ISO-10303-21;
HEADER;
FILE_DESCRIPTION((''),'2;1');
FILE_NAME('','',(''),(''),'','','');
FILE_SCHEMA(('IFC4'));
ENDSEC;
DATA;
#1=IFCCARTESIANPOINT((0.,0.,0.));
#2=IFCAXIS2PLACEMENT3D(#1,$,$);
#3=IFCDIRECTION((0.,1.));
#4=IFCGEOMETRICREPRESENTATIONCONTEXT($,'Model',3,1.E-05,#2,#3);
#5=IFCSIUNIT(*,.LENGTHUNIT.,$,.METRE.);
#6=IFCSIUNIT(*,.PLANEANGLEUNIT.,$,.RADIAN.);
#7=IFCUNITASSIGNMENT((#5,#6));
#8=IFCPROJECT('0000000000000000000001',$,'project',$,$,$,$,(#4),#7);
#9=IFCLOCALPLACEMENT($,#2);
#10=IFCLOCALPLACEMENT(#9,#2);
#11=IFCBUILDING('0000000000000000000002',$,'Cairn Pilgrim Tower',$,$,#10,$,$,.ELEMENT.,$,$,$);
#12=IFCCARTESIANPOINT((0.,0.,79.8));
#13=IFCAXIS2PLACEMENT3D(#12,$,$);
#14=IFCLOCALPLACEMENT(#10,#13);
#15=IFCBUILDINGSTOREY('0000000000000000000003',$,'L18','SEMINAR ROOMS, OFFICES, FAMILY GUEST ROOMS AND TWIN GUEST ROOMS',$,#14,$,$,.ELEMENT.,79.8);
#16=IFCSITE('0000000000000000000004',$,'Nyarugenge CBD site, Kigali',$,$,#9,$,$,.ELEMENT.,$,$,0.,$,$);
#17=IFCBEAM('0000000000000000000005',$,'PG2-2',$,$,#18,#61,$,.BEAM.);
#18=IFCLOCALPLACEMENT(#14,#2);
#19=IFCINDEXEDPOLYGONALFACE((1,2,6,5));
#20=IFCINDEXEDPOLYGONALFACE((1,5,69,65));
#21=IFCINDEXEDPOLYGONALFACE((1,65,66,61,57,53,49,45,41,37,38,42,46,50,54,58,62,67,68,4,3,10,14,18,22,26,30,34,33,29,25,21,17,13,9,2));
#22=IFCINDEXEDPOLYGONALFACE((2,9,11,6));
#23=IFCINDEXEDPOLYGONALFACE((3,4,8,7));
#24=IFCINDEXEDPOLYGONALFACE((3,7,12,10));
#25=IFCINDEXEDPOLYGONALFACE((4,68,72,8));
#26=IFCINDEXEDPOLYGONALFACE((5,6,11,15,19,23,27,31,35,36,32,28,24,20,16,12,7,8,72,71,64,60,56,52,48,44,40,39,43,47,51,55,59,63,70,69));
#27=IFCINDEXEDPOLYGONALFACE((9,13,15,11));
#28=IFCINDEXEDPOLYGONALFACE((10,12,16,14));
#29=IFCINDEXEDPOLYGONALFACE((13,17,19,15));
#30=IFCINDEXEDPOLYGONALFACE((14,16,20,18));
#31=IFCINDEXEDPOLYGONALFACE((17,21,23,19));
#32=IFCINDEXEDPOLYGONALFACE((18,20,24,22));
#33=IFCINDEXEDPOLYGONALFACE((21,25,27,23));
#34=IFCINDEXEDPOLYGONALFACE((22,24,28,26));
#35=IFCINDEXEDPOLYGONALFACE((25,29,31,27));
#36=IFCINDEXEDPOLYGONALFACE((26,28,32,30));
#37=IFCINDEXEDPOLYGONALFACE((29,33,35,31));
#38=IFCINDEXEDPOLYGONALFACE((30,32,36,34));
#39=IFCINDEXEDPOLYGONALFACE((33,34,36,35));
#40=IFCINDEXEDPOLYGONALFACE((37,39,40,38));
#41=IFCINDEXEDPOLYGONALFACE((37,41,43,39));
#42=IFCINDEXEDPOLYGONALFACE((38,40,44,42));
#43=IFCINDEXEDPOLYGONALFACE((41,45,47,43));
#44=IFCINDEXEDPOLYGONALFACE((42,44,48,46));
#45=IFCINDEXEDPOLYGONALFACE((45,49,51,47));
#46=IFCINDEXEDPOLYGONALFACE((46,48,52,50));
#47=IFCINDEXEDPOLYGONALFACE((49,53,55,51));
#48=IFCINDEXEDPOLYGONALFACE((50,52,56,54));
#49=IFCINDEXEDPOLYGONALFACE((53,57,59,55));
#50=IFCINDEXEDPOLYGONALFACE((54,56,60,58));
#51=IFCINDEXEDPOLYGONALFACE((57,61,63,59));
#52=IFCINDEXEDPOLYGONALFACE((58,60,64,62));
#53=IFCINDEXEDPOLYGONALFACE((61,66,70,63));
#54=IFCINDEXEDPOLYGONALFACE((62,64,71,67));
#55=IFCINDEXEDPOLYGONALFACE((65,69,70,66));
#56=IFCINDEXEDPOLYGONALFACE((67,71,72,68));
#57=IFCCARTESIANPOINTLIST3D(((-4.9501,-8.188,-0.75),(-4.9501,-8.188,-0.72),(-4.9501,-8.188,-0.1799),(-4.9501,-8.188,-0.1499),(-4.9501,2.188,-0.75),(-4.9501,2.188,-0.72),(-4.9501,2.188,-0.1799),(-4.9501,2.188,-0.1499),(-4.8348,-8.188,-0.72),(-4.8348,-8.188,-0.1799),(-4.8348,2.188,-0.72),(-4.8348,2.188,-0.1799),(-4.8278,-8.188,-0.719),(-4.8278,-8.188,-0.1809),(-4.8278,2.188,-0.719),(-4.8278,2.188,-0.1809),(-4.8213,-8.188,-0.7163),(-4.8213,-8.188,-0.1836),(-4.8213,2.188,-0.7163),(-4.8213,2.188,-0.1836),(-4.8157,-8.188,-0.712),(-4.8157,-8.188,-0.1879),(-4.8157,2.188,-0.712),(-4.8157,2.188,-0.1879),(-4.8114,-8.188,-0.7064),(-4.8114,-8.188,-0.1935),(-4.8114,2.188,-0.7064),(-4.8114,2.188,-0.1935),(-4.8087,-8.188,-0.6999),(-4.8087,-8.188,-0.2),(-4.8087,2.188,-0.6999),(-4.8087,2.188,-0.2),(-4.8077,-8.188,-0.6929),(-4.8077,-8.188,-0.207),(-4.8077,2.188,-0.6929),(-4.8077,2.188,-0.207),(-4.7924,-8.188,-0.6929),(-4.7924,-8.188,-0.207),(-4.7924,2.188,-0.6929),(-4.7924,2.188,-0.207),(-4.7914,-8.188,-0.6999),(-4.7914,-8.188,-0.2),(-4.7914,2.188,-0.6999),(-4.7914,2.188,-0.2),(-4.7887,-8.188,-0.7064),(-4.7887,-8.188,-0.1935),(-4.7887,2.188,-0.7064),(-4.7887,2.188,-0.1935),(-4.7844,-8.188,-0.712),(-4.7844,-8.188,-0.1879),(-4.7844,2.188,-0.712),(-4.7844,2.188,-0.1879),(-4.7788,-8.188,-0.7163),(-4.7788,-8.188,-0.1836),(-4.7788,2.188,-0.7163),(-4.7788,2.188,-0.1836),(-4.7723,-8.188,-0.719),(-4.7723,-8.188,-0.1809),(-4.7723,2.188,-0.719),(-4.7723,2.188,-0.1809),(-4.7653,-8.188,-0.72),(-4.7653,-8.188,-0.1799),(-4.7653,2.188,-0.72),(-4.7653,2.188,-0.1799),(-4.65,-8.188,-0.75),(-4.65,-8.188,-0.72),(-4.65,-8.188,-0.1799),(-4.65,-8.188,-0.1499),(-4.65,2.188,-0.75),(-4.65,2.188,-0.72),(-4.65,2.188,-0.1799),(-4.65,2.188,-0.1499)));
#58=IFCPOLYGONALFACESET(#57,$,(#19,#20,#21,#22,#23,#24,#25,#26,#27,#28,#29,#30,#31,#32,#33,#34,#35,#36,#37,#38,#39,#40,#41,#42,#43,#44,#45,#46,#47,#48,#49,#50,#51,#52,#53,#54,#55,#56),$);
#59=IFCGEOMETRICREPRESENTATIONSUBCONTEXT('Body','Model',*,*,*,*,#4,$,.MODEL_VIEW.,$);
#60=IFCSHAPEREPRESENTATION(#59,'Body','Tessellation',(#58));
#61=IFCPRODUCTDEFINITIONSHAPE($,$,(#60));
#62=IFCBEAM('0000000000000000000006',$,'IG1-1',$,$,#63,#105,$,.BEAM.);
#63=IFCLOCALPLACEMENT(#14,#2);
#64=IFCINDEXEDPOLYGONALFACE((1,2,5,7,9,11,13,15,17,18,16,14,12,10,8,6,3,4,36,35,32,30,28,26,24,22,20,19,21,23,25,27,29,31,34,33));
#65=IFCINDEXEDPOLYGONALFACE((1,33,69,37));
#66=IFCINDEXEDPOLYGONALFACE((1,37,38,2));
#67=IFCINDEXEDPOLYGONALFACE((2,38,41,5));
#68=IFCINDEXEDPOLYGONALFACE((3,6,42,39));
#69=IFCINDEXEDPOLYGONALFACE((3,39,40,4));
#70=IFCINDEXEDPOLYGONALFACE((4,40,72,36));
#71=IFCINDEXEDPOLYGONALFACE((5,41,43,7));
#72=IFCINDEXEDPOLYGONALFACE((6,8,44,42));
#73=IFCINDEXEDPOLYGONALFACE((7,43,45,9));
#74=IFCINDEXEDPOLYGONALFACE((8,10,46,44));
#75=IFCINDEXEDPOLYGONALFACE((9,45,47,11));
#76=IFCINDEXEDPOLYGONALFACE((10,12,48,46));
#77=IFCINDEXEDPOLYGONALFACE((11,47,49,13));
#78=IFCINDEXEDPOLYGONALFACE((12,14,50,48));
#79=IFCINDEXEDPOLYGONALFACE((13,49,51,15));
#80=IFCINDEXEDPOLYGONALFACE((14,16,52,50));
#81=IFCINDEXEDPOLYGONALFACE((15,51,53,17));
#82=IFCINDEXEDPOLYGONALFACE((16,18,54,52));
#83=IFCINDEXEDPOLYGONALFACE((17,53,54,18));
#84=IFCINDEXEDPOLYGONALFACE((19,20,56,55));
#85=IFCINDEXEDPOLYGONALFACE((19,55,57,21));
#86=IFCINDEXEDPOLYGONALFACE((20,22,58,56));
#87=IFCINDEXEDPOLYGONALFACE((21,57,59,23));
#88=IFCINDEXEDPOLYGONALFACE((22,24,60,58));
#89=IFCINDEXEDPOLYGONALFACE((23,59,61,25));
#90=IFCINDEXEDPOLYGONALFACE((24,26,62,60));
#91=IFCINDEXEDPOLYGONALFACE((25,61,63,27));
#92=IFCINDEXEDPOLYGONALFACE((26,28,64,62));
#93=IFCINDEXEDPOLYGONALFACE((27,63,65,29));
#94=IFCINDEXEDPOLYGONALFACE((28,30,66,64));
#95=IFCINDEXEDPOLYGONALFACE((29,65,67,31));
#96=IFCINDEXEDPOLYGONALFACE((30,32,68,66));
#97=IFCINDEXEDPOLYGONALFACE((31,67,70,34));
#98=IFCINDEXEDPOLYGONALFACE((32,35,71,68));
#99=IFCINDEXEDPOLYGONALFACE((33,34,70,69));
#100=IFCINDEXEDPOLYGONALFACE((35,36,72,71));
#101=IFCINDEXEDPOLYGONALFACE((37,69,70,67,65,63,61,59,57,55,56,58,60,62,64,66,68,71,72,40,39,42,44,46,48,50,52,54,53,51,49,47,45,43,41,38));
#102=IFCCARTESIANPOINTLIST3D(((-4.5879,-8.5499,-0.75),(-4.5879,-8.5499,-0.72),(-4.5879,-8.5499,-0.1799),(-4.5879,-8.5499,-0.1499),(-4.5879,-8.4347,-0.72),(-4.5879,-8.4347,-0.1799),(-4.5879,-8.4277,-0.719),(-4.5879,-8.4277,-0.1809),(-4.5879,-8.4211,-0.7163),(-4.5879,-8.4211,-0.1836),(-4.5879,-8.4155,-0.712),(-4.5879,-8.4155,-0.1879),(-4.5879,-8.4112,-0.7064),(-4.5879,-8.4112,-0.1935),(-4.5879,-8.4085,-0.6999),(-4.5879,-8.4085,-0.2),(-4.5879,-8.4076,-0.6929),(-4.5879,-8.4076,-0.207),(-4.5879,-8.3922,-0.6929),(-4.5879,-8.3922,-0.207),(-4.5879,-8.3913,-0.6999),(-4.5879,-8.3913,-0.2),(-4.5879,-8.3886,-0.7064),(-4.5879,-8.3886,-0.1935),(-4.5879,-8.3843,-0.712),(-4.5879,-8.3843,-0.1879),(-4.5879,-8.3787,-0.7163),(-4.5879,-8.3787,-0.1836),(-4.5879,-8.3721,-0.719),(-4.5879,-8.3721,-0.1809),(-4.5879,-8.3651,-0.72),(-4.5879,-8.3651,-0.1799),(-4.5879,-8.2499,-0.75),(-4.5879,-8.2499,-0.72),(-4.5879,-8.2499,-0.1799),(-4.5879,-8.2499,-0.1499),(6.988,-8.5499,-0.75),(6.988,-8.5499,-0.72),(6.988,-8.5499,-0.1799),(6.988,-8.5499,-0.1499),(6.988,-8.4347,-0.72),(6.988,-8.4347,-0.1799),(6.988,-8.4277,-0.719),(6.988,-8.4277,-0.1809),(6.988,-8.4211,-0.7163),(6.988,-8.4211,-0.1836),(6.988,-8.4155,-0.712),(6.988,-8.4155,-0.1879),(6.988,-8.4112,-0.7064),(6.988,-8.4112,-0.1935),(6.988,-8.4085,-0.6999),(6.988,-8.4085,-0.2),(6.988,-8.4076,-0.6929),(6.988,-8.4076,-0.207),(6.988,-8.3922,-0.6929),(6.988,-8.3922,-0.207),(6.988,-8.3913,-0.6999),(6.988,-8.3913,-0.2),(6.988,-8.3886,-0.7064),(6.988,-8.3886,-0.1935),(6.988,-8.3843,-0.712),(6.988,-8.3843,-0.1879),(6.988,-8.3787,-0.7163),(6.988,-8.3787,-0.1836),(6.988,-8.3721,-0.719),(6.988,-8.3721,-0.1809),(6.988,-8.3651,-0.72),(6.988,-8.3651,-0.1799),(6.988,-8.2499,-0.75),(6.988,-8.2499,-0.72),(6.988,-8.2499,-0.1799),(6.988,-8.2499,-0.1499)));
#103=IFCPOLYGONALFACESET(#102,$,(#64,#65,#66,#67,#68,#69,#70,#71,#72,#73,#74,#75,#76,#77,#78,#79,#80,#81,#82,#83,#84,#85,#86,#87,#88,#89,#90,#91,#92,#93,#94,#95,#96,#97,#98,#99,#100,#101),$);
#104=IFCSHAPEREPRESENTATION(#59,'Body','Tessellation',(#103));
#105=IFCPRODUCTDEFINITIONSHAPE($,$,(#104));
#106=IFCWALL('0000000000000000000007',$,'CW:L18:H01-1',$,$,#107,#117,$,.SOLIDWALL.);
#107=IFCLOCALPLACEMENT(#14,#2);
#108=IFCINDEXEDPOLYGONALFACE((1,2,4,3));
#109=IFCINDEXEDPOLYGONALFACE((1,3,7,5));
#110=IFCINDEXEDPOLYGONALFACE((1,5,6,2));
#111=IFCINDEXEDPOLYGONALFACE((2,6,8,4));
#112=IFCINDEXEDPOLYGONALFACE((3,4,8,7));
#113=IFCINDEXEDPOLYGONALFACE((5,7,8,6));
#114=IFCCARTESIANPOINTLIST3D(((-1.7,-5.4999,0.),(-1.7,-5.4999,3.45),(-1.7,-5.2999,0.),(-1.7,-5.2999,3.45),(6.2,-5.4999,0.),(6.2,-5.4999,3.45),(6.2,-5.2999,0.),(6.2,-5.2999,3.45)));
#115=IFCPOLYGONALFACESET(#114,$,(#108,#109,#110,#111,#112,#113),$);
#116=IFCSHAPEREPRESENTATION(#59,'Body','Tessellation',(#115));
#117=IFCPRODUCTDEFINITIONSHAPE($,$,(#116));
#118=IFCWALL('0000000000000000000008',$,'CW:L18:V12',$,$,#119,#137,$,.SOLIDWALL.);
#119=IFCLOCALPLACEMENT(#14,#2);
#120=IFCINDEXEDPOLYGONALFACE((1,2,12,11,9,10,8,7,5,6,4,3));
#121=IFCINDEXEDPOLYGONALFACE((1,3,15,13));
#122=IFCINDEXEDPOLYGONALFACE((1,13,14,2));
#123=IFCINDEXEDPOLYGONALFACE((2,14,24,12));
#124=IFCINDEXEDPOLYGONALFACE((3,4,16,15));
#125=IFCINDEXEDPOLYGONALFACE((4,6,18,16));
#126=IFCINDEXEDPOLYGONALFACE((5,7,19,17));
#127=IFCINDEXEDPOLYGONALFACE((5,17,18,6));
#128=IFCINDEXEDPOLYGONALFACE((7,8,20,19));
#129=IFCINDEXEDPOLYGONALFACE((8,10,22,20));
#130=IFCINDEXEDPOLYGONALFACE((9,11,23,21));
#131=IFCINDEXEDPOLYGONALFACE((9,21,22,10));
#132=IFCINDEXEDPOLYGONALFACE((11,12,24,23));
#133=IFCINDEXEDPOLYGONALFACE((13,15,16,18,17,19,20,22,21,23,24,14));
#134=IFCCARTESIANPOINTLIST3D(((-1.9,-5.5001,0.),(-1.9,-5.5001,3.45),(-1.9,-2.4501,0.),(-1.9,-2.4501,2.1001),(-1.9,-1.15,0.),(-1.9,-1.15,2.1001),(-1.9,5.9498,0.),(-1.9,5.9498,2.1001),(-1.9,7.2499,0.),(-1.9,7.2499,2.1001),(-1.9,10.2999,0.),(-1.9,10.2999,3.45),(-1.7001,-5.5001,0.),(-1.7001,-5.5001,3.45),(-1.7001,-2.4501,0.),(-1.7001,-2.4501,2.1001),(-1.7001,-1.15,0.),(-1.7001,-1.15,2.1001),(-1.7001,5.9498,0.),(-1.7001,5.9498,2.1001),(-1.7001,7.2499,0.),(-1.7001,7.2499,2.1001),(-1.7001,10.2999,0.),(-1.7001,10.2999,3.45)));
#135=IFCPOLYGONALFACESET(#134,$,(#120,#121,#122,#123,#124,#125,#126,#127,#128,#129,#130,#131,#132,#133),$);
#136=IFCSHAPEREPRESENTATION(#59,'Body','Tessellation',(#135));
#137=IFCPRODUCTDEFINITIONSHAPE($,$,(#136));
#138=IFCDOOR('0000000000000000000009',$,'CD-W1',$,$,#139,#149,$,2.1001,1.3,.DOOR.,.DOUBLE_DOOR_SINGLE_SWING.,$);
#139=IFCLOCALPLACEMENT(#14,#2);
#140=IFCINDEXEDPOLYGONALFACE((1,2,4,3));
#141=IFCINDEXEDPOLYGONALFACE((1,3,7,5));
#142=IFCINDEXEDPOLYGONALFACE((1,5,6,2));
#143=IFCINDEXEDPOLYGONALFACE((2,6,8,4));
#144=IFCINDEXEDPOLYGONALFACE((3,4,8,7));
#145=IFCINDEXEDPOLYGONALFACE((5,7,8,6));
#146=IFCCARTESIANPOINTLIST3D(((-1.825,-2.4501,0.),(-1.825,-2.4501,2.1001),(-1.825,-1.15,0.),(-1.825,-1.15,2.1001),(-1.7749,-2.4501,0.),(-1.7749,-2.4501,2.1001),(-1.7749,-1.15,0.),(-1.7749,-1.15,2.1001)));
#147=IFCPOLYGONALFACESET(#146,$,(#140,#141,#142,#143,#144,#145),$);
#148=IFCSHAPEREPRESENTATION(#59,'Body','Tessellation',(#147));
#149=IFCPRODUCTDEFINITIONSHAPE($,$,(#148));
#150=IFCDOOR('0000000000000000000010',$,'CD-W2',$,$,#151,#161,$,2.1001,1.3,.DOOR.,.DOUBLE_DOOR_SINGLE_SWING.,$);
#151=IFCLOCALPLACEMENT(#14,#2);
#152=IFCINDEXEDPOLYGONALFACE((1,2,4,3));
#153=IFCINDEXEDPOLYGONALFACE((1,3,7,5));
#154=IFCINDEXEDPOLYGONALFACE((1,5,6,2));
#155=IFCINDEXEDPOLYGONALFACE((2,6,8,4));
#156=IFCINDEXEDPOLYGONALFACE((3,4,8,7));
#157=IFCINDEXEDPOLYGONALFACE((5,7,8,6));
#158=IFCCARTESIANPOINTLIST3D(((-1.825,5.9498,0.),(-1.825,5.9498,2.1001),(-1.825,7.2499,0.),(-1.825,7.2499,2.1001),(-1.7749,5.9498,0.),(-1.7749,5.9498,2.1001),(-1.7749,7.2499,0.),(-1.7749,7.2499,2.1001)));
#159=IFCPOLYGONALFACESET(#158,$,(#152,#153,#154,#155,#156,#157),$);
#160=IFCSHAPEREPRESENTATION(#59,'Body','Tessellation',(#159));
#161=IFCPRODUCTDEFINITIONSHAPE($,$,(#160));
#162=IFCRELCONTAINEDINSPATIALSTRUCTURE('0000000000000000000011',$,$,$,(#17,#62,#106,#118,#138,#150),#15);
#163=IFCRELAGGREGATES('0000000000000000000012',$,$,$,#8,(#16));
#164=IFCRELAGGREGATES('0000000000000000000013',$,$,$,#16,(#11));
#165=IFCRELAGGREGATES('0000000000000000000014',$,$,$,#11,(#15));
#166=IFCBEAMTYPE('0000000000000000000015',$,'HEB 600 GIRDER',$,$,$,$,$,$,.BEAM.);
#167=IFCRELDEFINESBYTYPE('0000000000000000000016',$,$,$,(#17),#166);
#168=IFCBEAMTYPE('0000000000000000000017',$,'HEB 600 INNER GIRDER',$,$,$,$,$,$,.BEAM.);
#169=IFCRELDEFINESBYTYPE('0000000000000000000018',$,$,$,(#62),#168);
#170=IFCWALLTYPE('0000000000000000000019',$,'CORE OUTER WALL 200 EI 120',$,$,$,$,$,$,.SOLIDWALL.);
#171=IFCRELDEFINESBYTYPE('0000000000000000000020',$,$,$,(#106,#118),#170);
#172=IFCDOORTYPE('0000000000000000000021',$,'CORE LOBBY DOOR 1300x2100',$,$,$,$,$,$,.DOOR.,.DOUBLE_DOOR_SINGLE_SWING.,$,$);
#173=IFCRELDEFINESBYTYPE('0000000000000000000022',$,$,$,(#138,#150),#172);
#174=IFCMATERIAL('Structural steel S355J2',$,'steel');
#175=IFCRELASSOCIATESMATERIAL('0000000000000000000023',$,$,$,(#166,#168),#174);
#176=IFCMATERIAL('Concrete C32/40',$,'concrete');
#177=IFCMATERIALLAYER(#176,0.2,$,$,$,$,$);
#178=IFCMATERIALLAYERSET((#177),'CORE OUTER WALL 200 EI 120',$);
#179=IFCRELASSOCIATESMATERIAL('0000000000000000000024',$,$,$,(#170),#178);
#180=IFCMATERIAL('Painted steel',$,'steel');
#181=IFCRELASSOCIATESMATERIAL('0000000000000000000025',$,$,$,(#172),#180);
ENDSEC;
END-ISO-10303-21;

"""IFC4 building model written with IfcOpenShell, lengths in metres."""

from ifc_helpers import new_model, si_unit, direction, frame, frame_2d, origin, origin_2d, place, context, subcontext, project, spatial, rectangle, i_section, extrude, material, layer, layer_set, material_profile, profile_set, type_object, element, fill, save


model = new_model("IFC4")

# Units and contexts
model_context = context("Model", 3, precision=1e-05, world=origin(), true_north=direction((0.0, 1.0)))
body_context = subcontext(model_context, "Body", "Model", "MODEL_VIEW")
ifc_project = project(units=[si_unit("LENGTHUNIT", "METRE"), si_unit("PLANEANGLEUNIT", "RADIAN")], contexts=[model_context])

# Site, building, storey
site_placement = place(None, origin())
site = spatial("IfcSite", under=ifc_project, at=site_placement, Name="Nyarugenge CBD site, Kigali", CompositionType="ELEMENT", RefElevation=0.0)
building_placement = place(site_placement, origin())
building = spatial("IfcBuilding", under=site, at=building_placement, Name="Cairn Pilgrim Tower", CompositionType="ELEMENT")
storey_placement = place(building_placement, frame((0.0, 0.0, 79.8)))
storey = spatial("IfcBuildingStorey", under=building, at=storey_placement, Name="L18", Description="SEMINAR ROOMS, OFFICES, FAMILY GUEST ROOMS AND TWIN GUEST ROOMS", CompositionType="ELEMENT", Elevation=79.8)

# Beams
ifc_material_1 = material(Name="Structural steel S355J2", Category="steel")
ifc_material_profile_1 = material_profile(ifc_material_1, i_section(OverallWidth=0.3, OverallDepth=0.6001, WebThickness=0.0154, FlangeThickness=0.03, FilletRadius=0.0271, at=origin_2d()), Name="HEB 600")
ifc_profile_set_1 = profile_set([ifc_material_profile_1], Name="Structural steel S355J2")
beam_type_1 = type_object("IfcBeamType", Name="HEB 600 GIRDER", PredefinedType="BEAM", material=ifc_profile_set_1)
beam_1_placement = place(storey_placement, frame((-4.8, -8.188, -0.45), z_axis=(0.0, 1.0, 0.0), x_axis=(-1.0, 0.0, 0.0)))
element("IfcBeam", 1, at=beam_1_placement, inside=storey, type_object=beam_type_1, Name="PG2-2", PredefinedType="BEAM", context=body_context, shape_type="SweptSolid", body=[
    extrude(i_section(OverallWidth=0.3, OverallDepth=0.6001, WebThickness=0.0154, FlangeThickness=0.03, FilletRadius=0.0271, at=origin_2d()), origin(), (0.0, 0.0, 1.0), 10.376),
])
ifc_material_profile_2 = material_profile(ifc_material_1, i_section(OverallWidth=0.3, OverallDepth=0.6001, WebThickness=0.0154, FlangeThickness=0.03, FilletRadius=0.0271, at=origin_2d()), Name="HEB 600")
ifc_profile_set_2 = profile_set([ifc_material_profile_2], Name="Structural steel S355J2")
beam_type_2 = type_object("IfcBeamType", Name="HEB 600 INNER GIRDER", PredefinedType="BEAM", material=ifc_profile_set_2)
beam_2_placement = place(storey_placement, frame((-4.5879, -8.3999, -0.45), z_axis=(1.0, 0.0, 0.0), x_axis=(0.0, 1.0, 0.0)))
element("IfcBeam", 2, at=beam_2_placement, inside=storey, type_object=beam_type_2, Name="IG1-1", PredefinedType="BEAM", context=body_context, shape_type="SweptSolid", body=[
    extrude(i_section(OverallWidth=0.3, OverallDepth=0.6001, WebThickness=0.0154, FlangeThickness=0.03, FilletRadius=0.0271, at=origin_2d()), origin(), (0.0, 0.0, 1.0), 11.5759),
])

# Wall
ifc_material_2 = material(Name="Concrete C32/40", Category="concrete")
ifc_layer_1 = layer(ifc_material_2, 0.2)
ifc_layer_set_1 = layer_set([ifc_layer_1], Name="CORE OUTER WALL 200 EI 120")
wall_type_1 = type_object("IfcWallType", Name="CORE OUTER WALL 200 EI 120", PredefinedType="SOLIDWALL", material=ifc_layer_set_1)
wall_1_placement = place(storey_placement, frame((-1.7, -5.3999, 0.0), z_axis=(0.0, 0.0, 1.0), x_axis=(1.0, 0.0, 0.0)))
element("IfcWall", 3, at=wall_1_placement, inside=storey, type_object=wall_type_1, Name="CW:L18:H01-1", PredefinedType="SOLIDWALL", context=body_context, shape_type="SweptSolid", body=[
    extrude(rectangle(XDim=7.8999, YDim=0.2, at=frame_2d((3.95, 0.0))), origin(), (0.0, 0.0, 1.0), 3.45),
])

# Wall, openings, doors
wall_2_placement = place(storey_placement, frame((-1.8, -5.5, 0.0), z_axis=(0.0, 0.0, 1.0), x_axis=(0.0, 1.0, 0.0)))
wall_2 = element("IfcWall", 4, at=wall_2_placement, inside=storey, type_object=wall_type_1, Name="CW:L18:V12", PredefinedType="SOLIDWALL", context=body_context, shape_type="SweptSolid", body=[
    extrude(rectangle(XDim=15.8, YDim=0.2, at=frame_2d((7.8999, 0.0))), origin(), (0.0, 0.0, 1.0), 3.45),
])
opening_1_placement = place(wall_2_placement, frame((3.05, 0.0, 0.0)))
opening_1 = element("IfcOpeningElement", 5, at=opening_1_placement, cuts=wall_2, PredefinedType="OPENING", context=body_context, shape_type="SweptSolid", body=[
    extrude(rectangle(XDim=1.3, YDim=2.1001, at=frame_2d((0.6499, 1.05))), frame((0.0, 0.1099, 0.0), z_axis=(0.0, -1.0, 0.0), x_axis=(1.0, 0.0, 0.0)), (0.0, 0.0, 1.0), 0.22),
])
opening_2_placement = place(wall_2_placement, frame((11.45, 0.0, 0.0)))
opening_2 = element("IfcOpeningElement", 6, at=opening_2_placement, cuts=wall_2, PredefinedType="OPENING", context=body_context, shape_type="SweptSolid", body=[
    extrude(rectangle(XDim=1.3, YDim=2.1001, at=frame_2d((0.6499, 1.05))), frame((0.0, 0.1099, 0.0), z_axis=(0.0, -1.0, 0.0), x_axis=(1.0, 0.0, 0.0)), (0.0, 0.0, 1.0), 0.22),
])
ifc_material_3 = material(Name="Painted steel", Category="steel")
door_type_1 = type_object("IfcDoorType", Name="CORE LOBBY DOOR 1300x2100", OperationType="DOUBLE_DOOR_SINGLE_SWING", PredefinedType="DOOR", material=ifc_material_3)
door_1_placement = place(opening_1_placement, origin())
door_1 = element("IfcDoor", 7, at=door_1_placement, inside=storey, type_object=door_type_1, Name="CD-W1", OperationType="DOUBLE_DOOR_SINGLE_SWING", OverallHeight=2.1001, OverallWidth=1.3, PredefinedType="DOOR", context=body_context, shape_type="SweptSolid", body=[
    extrude(rectangle(XDim=1.3, YDim=2.1001, at=frame_2d((0.6499, 1.05))), frame((0.0, 0.0249, 0.0), z_axis=(0.0, -1.0, 0.0), x_axis=(1.0, 0.0, 0.0)), (0.0, 0.0, 1.0), 0.05),
])
fill(opening_1, door_1)
door_2_placement = place(opening_2_placement, origin())
door_2 = element("IfcDoor", 8, at=door_2_placement, inside=storey, type_object=door_type_1, Name="CD-W2", OperationType="DOUBLE_DOOR_SINGLE_SWING", OverallHeight=2.1001, OverallWidth=1.3, PredefinedType="DOOR", context=body_context, shape_type="SweptSolid", body=[
    extrude(rectangle(XDim=1.3, YDim=2.1001, at=frame_2d((0.6499, 1.05))), frame((0.0, 0.0249, 0.0), z_axis=(0.0, -1.0, 0.0), x_axis=(1.0, 0.0, 0.0)), (0.0, 0.0, 1.0), 0.05),
])
fill(opening_2, door_2)

save(model, "model.ifc")
